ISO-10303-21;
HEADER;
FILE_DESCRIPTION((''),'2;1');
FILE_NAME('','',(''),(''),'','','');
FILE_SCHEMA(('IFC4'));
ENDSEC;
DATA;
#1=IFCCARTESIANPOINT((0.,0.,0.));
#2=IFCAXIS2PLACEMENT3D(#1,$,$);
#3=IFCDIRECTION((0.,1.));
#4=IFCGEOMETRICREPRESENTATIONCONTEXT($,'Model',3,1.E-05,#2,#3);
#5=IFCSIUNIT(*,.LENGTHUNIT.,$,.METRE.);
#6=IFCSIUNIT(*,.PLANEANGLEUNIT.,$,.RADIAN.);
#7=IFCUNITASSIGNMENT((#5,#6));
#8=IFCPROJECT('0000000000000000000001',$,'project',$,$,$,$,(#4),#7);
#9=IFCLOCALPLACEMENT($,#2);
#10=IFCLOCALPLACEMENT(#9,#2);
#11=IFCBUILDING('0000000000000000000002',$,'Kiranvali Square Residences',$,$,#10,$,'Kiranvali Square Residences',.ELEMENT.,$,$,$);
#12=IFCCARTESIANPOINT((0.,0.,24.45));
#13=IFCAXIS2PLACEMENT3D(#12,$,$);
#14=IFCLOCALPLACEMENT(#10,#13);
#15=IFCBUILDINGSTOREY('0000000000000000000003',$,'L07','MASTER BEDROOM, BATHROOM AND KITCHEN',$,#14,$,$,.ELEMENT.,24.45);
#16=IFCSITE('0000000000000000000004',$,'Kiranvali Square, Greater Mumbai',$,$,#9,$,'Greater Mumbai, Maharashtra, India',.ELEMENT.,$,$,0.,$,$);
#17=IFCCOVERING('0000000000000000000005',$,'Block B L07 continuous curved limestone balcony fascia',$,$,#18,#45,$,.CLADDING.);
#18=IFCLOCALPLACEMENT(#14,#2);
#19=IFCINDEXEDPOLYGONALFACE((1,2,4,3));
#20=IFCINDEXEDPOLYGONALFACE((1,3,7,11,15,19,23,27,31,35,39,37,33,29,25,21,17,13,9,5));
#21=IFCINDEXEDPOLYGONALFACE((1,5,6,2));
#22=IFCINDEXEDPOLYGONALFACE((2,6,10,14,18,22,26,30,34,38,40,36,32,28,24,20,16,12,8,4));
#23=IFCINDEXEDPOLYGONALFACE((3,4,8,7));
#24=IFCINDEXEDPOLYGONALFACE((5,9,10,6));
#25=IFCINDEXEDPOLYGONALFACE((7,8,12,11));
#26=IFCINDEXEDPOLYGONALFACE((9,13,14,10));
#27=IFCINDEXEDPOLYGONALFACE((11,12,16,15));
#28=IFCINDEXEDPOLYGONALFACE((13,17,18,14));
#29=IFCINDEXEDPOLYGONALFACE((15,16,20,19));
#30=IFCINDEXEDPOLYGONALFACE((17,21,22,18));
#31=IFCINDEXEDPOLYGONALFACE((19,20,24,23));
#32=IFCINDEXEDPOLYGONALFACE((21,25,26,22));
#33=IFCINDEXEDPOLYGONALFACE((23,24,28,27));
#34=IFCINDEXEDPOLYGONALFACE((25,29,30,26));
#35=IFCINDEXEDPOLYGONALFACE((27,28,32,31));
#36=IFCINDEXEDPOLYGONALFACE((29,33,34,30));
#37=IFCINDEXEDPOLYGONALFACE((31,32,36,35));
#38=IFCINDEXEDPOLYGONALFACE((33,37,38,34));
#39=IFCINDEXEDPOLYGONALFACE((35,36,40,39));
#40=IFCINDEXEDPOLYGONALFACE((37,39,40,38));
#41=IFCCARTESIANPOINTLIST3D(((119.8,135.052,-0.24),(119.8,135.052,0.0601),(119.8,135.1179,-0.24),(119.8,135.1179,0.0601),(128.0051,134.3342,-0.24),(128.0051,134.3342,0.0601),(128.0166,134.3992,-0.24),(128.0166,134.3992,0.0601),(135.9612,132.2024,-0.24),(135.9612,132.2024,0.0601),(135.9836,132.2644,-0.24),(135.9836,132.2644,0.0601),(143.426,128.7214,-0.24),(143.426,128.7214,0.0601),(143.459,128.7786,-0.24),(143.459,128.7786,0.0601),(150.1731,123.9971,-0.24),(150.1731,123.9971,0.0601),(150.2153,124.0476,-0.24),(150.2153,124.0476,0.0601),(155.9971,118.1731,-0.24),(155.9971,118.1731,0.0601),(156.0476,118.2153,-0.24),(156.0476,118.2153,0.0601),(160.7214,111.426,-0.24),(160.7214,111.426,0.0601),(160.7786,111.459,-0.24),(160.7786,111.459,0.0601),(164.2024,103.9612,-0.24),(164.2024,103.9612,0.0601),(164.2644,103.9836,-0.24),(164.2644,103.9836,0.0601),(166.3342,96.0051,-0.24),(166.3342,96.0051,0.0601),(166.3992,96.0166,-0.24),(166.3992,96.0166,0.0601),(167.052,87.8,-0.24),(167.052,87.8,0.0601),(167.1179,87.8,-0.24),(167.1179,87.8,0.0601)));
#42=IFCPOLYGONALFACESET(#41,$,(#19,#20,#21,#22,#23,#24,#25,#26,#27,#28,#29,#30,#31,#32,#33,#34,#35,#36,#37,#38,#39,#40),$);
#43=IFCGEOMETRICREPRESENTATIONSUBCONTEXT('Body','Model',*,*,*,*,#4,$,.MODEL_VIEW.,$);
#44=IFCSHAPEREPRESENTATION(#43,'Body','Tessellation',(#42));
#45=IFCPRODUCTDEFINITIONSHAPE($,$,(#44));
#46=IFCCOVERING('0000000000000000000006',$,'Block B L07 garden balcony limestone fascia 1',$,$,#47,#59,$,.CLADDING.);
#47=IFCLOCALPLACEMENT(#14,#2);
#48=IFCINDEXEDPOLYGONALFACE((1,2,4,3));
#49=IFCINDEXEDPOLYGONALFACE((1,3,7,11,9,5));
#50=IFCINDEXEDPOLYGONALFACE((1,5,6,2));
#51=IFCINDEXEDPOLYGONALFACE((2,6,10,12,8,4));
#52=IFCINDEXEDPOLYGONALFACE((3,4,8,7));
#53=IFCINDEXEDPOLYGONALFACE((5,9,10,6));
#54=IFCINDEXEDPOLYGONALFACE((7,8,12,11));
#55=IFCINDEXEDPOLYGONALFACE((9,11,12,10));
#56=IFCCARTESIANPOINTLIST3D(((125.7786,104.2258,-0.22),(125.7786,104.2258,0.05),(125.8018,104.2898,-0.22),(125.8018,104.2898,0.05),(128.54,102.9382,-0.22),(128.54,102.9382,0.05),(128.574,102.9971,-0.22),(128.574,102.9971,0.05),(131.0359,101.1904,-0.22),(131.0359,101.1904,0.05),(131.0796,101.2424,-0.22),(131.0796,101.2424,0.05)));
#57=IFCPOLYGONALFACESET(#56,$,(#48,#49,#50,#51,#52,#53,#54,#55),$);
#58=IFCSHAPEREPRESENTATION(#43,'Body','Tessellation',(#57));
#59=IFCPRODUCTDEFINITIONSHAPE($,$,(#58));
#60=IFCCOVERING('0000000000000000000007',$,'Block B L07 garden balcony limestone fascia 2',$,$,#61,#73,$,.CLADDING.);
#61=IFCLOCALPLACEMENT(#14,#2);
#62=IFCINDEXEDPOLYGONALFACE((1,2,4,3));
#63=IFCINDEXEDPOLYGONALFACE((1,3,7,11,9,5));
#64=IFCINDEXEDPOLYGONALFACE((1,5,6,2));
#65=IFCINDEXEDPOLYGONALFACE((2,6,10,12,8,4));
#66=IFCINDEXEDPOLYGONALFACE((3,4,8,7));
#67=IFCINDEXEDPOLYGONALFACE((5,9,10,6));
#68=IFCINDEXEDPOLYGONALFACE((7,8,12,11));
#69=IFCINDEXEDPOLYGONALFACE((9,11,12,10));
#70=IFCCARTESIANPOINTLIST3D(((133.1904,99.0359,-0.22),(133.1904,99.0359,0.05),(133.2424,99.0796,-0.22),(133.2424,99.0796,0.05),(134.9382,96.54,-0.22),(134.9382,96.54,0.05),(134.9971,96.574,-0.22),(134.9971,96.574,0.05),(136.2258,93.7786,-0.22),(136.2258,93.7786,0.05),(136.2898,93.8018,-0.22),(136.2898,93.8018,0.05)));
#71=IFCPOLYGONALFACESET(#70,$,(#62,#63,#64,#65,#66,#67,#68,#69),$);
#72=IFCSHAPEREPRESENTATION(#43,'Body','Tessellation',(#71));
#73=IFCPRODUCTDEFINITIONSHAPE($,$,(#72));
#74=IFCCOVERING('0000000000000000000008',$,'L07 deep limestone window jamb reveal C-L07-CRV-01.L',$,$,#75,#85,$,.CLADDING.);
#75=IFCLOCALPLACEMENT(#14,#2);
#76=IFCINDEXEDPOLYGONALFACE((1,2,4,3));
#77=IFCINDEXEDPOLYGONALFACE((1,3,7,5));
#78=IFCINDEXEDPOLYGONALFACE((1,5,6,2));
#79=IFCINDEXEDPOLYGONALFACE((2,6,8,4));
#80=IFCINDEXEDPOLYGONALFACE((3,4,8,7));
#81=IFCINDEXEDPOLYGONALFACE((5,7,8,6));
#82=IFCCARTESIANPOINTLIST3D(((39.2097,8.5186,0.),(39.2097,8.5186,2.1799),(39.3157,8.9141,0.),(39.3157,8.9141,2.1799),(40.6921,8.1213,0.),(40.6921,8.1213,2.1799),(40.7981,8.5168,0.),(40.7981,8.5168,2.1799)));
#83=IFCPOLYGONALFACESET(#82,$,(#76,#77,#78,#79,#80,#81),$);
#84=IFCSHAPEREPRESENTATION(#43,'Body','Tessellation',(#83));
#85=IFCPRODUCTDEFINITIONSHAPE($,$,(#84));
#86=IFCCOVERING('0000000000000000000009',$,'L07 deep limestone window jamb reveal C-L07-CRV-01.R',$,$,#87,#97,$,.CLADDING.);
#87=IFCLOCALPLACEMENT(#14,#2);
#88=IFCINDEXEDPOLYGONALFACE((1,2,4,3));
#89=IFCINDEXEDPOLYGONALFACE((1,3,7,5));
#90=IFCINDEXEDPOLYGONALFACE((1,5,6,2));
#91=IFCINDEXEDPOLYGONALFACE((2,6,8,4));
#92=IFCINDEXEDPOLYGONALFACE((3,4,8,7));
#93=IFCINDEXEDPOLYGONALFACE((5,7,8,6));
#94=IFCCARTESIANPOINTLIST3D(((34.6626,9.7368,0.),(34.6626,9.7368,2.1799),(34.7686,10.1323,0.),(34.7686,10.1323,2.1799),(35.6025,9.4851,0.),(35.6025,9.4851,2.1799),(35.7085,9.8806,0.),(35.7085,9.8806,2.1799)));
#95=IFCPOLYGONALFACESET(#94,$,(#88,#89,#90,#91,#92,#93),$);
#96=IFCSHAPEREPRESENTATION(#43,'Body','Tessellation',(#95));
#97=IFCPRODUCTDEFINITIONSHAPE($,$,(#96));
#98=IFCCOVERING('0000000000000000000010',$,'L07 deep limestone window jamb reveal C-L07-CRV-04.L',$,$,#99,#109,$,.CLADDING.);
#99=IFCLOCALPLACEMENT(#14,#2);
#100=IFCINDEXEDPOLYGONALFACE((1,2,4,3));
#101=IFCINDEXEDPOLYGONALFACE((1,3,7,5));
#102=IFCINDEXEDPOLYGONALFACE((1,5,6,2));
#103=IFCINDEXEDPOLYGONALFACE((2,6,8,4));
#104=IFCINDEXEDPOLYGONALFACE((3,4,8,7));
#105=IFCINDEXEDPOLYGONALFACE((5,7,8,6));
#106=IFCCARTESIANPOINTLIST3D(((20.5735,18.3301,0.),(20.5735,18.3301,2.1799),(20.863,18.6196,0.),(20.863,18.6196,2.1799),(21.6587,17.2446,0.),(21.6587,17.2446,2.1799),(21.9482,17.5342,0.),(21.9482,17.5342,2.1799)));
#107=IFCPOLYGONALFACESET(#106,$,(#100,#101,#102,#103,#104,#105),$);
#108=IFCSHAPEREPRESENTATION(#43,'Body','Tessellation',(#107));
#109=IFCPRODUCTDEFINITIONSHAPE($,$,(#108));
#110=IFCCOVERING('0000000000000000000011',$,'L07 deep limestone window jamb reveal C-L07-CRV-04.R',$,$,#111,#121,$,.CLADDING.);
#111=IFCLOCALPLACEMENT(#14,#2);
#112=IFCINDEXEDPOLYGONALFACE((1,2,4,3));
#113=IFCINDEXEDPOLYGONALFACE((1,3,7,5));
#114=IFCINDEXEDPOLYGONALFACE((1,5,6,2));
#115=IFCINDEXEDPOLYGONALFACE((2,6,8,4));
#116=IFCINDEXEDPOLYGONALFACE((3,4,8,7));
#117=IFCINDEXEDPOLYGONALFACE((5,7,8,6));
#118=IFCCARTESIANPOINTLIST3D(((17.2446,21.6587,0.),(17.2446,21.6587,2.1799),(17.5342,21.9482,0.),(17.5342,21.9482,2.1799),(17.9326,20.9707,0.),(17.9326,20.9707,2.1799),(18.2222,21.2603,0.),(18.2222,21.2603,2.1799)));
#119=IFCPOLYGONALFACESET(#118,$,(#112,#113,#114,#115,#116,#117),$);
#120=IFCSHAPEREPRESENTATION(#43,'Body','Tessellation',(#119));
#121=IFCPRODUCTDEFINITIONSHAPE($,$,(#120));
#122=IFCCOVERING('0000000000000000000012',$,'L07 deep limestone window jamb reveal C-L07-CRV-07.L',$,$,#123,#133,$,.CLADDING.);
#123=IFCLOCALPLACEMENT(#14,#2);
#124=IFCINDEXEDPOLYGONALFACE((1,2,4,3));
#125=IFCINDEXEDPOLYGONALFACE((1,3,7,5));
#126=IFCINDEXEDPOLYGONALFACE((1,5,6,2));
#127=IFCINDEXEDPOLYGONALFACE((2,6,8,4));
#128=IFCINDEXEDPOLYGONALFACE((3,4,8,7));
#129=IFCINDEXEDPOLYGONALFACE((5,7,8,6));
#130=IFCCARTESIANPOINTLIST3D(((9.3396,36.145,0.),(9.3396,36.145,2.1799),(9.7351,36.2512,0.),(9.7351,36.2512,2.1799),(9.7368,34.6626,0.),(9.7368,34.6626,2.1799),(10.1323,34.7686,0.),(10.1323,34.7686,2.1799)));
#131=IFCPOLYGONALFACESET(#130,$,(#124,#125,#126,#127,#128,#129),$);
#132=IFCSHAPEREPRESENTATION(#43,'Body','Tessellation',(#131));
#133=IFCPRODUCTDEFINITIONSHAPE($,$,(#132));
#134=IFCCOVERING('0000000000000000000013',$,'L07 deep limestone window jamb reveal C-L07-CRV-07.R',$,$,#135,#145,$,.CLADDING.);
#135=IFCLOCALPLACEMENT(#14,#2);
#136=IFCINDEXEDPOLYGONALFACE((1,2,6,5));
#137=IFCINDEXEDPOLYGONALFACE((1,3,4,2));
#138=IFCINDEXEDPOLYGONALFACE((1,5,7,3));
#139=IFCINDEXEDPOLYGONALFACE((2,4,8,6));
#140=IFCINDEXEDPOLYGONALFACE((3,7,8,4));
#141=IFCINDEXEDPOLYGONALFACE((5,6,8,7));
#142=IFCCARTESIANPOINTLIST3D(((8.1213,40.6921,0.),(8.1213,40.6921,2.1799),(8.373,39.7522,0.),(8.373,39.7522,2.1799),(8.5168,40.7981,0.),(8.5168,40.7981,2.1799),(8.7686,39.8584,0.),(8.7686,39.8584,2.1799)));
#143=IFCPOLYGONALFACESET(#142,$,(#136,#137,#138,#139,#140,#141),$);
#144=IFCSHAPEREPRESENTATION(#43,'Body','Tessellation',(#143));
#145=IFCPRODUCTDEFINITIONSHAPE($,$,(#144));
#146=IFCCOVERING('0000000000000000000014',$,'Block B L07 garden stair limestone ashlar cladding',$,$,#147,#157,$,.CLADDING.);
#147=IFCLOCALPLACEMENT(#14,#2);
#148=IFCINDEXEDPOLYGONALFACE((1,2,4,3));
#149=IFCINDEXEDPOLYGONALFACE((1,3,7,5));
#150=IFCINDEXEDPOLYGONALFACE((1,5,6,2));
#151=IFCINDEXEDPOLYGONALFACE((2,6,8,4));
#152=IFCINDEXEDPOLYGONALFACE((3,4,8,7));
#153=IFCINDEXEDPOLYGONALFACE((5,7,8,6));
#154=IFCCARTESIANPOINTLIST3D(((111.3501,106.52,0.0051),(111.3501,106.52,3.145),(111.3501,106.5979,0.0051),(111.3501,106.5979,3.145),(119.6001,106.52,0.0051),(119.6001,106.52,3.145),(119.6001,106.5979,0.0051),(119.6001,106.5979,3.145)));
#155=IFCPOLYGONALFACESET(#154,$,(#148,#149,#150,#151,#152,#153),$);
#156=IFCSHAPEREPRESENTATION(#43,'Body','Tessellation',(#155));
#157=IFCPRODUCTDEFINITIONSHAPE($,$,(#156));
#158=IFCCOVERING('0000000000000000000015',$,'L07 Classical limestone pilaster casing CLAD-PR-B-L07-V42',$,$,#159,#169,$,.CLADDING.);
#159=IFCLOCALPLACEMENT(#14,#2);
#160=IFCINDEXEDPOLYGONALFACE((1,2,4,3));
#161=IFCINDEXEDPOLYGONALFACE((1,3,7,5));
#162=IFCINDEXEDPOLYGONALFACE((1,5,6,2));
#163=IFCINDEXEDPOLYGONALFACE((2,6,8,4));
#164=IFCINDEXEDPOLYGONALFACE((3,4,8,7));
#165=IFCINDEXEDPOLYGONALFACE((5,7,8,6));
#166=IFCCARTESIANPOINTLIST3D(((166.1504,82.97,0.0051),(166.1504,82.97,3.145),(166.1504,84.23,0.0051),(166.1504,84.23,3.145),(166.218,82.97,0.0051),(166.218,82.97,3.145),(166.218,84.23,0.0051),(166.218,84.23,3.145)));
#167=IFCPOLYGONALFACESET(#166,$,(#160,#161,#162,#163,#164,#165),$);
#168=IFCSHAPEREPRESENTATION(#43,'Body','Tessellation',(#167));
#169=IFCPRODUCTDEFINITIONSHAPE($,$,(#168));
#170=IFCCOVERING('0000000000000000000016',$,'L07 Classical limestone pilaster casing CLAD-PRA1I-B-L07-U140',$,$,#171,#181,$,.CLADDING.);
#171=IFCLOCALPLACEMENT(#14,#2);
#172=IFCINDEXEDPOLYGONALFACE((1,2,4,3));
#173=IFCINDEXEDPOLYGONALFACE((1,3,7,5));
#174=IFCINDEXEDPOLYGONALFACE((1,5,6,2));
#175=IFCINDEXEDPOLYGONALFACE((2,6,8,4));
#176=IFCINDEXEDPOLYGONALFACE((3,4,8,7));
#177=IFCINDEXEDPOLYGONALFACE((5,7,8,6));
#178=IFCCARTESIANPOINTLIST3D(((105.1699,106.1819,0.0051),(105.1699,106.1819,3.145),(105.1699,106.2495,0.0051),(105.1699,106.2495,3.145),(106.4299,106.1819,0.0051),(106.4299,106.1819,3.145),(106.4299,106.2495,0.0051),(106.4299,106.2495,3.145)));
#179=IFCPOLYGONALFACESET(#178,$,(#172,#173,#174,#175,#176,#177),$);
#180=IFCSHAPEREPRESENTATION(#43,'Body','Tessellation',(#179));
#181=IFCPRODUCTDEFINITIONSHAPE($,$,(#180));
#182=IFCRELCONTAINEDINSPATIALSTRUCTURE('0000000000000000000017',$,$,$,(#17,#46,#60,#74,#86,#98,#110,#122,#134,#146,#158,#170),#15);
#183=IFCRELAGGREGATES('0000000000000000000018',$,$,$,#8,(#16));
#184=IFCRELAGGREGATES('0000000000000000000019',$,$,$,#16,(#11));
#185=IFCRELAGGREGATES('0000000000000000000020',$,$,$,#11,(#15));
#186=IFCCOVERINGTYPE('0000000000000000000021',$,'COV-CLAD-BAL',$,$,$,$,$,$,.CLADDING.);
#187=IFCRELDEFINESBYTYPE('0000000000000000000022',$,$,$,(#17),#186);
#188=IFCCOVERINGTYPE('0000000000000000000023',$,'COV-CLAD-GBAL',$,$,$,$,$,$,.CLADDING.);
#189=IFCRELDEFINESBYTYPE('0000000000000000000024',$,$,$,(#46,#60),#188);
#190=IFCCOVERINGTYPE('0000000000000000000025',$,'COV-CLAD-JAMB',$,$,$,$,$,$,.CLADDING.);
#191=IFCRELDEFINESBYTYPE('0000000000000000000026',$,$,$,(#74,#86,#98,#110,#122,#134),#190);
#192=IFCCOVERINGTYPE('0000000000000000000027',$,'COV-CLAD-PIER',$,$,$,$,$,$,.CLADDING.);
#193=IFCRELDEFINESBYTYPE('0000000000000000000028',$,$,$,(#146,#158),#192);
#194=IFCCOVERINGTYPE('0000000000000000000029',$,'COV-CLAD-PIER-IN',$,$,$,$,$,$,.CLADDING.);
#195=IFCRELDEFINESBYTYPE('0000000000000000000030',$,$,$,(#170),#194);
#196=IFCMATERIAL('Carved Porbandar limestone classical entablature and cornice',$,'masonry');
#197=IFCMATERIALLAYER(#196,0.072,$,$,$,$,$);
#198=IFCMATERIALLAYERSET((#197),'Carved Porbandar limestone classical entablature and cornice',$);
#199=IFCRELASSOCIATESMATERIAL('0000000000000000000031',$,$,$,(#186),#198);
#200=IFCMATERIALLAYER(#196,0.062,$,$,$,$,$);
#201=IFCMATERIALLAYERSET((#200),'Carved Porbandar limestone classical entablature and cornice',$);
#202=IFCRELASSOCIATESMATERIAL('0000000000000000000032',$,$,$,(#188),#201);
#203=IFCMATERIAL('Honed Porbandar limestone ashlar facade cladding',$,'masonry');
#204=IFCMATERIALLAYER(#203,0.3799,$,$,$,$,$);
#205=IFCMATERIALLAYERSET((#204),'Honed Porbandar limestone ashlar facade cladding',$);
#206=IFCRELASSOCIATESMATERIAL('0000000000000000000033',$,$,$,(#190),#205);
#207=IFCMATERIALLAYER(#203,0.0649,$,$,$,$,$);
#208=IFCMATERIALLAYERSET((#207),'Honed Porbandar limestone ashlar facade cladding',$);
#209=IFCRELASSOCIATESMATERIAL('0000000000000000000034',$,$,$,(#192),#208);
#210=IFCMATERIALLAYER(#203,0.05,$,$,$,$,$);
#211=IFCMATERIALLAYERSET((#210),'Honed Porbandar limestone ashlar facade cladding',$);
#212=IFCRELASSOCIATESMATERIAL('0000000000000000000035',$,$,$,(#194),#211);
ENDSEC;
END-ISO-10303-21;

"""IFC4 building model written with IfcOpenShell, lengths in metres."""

from ifc_helpers import new_model, si_unit, direction, frame, origin, place, context, subcontext, project, spatial, polyline, outline, extrude, material, layer, layer_set, type_object, element, save


model = new_model("IFC4")

# Units and contexts
model_context = context("Model", 3, precision=1e-05, world=origin(), true_north=direction((0.0, 1.0)))
body_context = subcontext(model_context, "Body", "Model", "MODEL_VIEW")
ifc_project = project(units=[si_unit("LENGTHUNIT", "METRE"), si_unit("PLANEANGLEUNIT", "RADIAN")], contexts=[model_context])

# Site, building, storey
site_placement = place(None, origin())
site = spatial("IfcSite", under=ifc_project, at=site_placement, Name="Kiranvali Square, Greater Mumbai", LongName="Greater Mumbai, Maharashtra, India", CompositionType="ELEMENT", RefElevation=0.0)
building_placement = place(site_placement, origin())
building = spatial("IfcBuilding", under=site, at=building_placement, Name="Kiranvali Square Residences", LongName="Kiranvali Square Residences", CompositionType="ELEMENT")
storey_placement = place(building_placement, frame((0.0, 0.0, 24.45)))
storey = spatial("IfcBuildingStorey", under=building, at=storey_placement, Name="L07", Description="MASTER BEDROOM, BATHROOM AND KITCHEN", CompositionType="ELEMENT", Elevation=24.45)

# Coverings
ifc_material_1 = material(Name="Carved Porbandar limestone classical entablature and cornice", Category="masonry")
ifc_layer_1 = layer(ifc_material_1, 0.072)
ifc_layer_set_1 = layer_set([ifc_layer_1], Name="Carved Porbandar limestone classical entablature and cornice")
covering_type_1 = type_object("IfcCoveringType", Name="COV-CLAD-BAL", PredefinedType="CLADDING", material=ifc_layer_set_1)
covering_1_placement = place(storey_placement, frame((0.0, 0.0, -0.24)))
element("IfcCovering", 1, at=covering_1_placement, inside=storey, type_object=covering_type_1, Name="Block B L07 continuous curved limestone balcony fascia", PredefinedType="CLADDING", context=body_context, shape_type="SweptSolid", body=[
    extrude(outline(polyline([(119.8, 135.052), (128.0051, 134.3342), (135.9612, 132.2024), (143.426, 128.7214), (150.1731, 123.9971), (155.9971, 118.1731), (160.7214, 111.426), (164.2024, 103.9612), (166.3342, 96.0051), (167.052, 87.8), (167.1179, 87.8), (166.3992, 96.0166), (164.2644, 103.9836), (160.7786, 111.459), (156.0476, 118.2153), (150.2153, 124.0476), (143.459, 128.7786), (135.9836, 132.2644), (128.0166, 134.3992), (119.8, 135.1179), (119.8, 135.052)])), origin(), (0.0, 0.0, 1.0), 0.3),
])
ifc_layer_2 = layer(ifc_material_1, 0.062)
ifc_layer_set_2 = layer_set([ifc_layer_2], Name="Carved Porbandar limestone classical entablature and cornice")
covering_type_2 = type_object("IfcCoveringType", Name="COV-CLAD-GBAL", PredefinedType="CLADDING", material=ifc_layer_set_2)
covering_2_placement = place(storey_placement, frame((0.0, 0.0, -0.22)))
element("IfcCovering", 2, at=covering_2_placement, inside=storey, type_object=covering_type_2, Name="Block B L07 garden balcony limestone fascia 1", PredefinedType="CLADDING", context=body_context, shape_type="SweptSolid", body=[
    extrude(outline(polyline([(125.7786, 104.2258), (128.54, 102.9382), (131.0359, 101.1904), (131.0796, 101.2424), (128.574, 102.9971), (125.8018, 104.2898), (125.7786, 104.2258)])), origin(), (0.0, 0.0, 1.0), 0.27),
])
covering_3_placement = place(storey_placement, frame((0.0, 0.0, -0.22)))
element("IfcCovering", 3, at=covering_3_placement, inside=storey, type_object=covering_type_2, Name="Block B L07 garden balcony limestone fascia 2", PredefinedType="CLADDING", context=body_context, shape_type="SweptSolid", body=[
    extrude(outline(polyline([(133.1904, 99.0359), (134.9382, 96.54), (136.2258, 93.7786), (136.2898, 93.8018), (134.9971, 96.574), (133.2424, 99.0796), (133.1904, 99.0359)])), origin(), (0.0, 0.0, 1.0), 0.27),
])
ifc_material_2 = material(Name="Honed Porbandar limestone ashlar facade cladding", Category="masonry")
ifc_layer_3 = layer(ifc_material_2, 0.3799)
ifc_layer_set_3 = layer_set([ifc_layer_3], Name="Honed Porbandar limestone ashlar facade cladding")
covering_type_3 = type_object("IfcCoveringType", Name="COV-CLAD-JAMB", PredefinedType="CLADDING", material=ifc_layer_set_3)
covering_4_placement = place(storey_placement, origin())
element("IfcCovering", 4, at=covering_4_placement, inside=storey, type_object=covering_type_3, Name="L07 deep limestone window jamb reveal C-L07-CRV-01.L", PredefinedType="CLADDING", context=body_context, shape_type="SweptSolid", body=[
    extrude(outline(polyline([(40.7981, 8.5168), (39.3157, 8.9141), (39.2097, 8.5186), (40.6921, 8.1213), (40.7981, 8.5168)])), origin(), (0.0, 0.0, 1.0), 2.1799),
])
covering_5_placement = place(storey_placement, origin())
element("IfcCovering", 5, at=covering_5_placement, inside=storey, type_object=covering_type_3, Name="L07 deep limestone window jamb reveal C-L07-CRV-01.R", PredefinedType="CLADDING", context=body_context, shape_type="SweptSolid", body=[
    extrude(outline(polyline([(35.7085, 9.8806), (34.7686, 10.1323), (34.6626, 9.7368), (35.6025, 9.4851), (35.7085, 9.8806)])), origin(), (0.0, 0.0, 1.0), 2.1799),
])
covering_6_placement = place(storey_placement, origin())
element("IfcCovering", 6, at=covering_6_placement, inside=storey, type_object=covering_type_3, Name="L07 deep limestone window jamb reveal C-L07-CRV-04.L", PredefinedType="CLADDING", context=body_context, shape_type="SweptSolid", body=[
    extrude(outline(polyline([(21.9482, 17.5342), (20.863, 18.6196), (20.5735, 18.3301), (21.6587, 17.2446), (21.9482, 17.5342)])), origin(), (0.0, 0.0, 1.0), 2.1799),
])
covering_7_placement = place(storey_placement, origin())
element("IfcCovering", 7, at=covering_7_placement, inside=storey, type_object=covering_type_3, Name="L07 deep limestone window jamb reveal C-L07-CRV-04.R", PredefinedType="CLADDING", context=body_context, shape_type="SweptSolid", body=[
    extrude(outline(polyline([(18.2222, 21.2603), (17.5342, 21.9482), (17.2446, 21.6587), (17.9326, 20.9707), (18.2222, 21.2603)])), origin(), (0.0, 0.0, 1.0), 2.1799),
])
covering_8_placement = place(storey_placement, origin())
element("IfcCovering", 8, at=covering_8_placement, inside=storey, type_object=covering_type_3, Name="L07 deep limestone window jamb reveal C-L07-CRV-07.L", PredefinedType="CLADDING", context=body_context, shape_type="SweptSolid", body=[
    extrude(outline(polyline([(10.1323, 34.7686), (9.7351, 36.2512), (9.3396, 36.145), (9.7368, 34.6626), (10.1323, 34.7686)])), origin(), (0.0, 0.0, 1.0), 2.1799),
])
covering_9_placement = place(storey_placement, origin())
element("IfcCovering", 9, at=covering_9_placement, inside=storey, type_object=covering_type_3, Name="L07 deep limestone window jamb reveal C-L07-CRV-07.R", PredefinedType="CLADDING", context=body_context, shape_type="SweptSolid", body=[
    extrude(outline(polyline([(8.7686, 39.8584), (8.5168, 40.7981), (8.1213, 40.6921), (8.373, 39.7522), (8.7686, 39.8584)])), origin(), (0.0, 0.0, 1.0), 2.1799),
])
ifc_layer_4 = layer(ifc_material_2, 0.0649)
ifc_layer_set_4 = layer_set([ifc_layer_4], Name="Honed Porbandar limestone ashlar facade cladding")
covering_type_4 = type_object("IfcCoveringType", Name="COV-CLAD-PIER", PredefinedType="CLADDING", material=ifc_layer_set_4)
covering_10_placement = place(storey_placement, frame((0.0, 0.0, 0.0051)))
element("IfcCovering", 10, at=covering_10_placement, inside=storey, type_object=covering_type_4, Name="Block B L07 garden stair limestone ashlar cladding", PredefinedType="CLADDING", context=body_context, shape_type="SweptSolid", body=[
    extrude(outline(polyline([(119.6001, 106.5979), (111.3501, 106.5979), (111.3501, 106.52), (119.6001, 106.52), (119.6001, 106.5979)])), origin(), (0.0, 0.0, 1.0), 3.1399),
])
covering_11_placement = place(storey_placement, frame((0.0, 0.0, 0.0051)))
element("IfcCovering", 11, at=covering_11_placement, inside=storey, type_object=covering_type_4, Name="L07 Classical limestone pilaster casing CLAD-PR-B-L07-V42", PredefinedType="CLADDING", context=body_context, shape_type="SweptSolid", body=[
    extrude(outline(polyline([(166.1504, 84.23), (166.1504, 82.97), (166.218, 82.97), (166.218, 84.23), (166.1504, 84.23)])), origin(), (0.0, 0.0, 1.0), 3.1399),
])
ifc_layer_5 = layer(ifc_material_2, 0.05)
ifc_layer_set_5 = layer_set([ifc_layer_5], Name="Honed Porbandar limestone ashlar facade cladding")
covering_type_5 = type_object("IfcCoveringType", Name="COV-CLAD-PIER-IN", PredefinedType="CLADDING", material=ifc_layer_set_5)
covering_12_placement = place(storey_placement, frame((0.0, 0.0, 0.0051)))
element("IfcCovering", 12, at=covering_12_placement, inside=storey, type_object=covering_type_5, Name="L07 Classical limestone pilaster casing CLAD-PRA1I-B-L07-U140", PredefinedType="CLADDING", context=body_context, shape_type="SweptSolid", body=[
    extrude(outline(polyline([(106.4299, 106.2495), (105.1699, 106.2495), (105.1699, 106.1819), (106.4299, 106.1819), (106.4299, 106.2495)])), origin(), (0.0, 0.0, 1.0), 3.1399),
])

save(model, "model.ifc")
